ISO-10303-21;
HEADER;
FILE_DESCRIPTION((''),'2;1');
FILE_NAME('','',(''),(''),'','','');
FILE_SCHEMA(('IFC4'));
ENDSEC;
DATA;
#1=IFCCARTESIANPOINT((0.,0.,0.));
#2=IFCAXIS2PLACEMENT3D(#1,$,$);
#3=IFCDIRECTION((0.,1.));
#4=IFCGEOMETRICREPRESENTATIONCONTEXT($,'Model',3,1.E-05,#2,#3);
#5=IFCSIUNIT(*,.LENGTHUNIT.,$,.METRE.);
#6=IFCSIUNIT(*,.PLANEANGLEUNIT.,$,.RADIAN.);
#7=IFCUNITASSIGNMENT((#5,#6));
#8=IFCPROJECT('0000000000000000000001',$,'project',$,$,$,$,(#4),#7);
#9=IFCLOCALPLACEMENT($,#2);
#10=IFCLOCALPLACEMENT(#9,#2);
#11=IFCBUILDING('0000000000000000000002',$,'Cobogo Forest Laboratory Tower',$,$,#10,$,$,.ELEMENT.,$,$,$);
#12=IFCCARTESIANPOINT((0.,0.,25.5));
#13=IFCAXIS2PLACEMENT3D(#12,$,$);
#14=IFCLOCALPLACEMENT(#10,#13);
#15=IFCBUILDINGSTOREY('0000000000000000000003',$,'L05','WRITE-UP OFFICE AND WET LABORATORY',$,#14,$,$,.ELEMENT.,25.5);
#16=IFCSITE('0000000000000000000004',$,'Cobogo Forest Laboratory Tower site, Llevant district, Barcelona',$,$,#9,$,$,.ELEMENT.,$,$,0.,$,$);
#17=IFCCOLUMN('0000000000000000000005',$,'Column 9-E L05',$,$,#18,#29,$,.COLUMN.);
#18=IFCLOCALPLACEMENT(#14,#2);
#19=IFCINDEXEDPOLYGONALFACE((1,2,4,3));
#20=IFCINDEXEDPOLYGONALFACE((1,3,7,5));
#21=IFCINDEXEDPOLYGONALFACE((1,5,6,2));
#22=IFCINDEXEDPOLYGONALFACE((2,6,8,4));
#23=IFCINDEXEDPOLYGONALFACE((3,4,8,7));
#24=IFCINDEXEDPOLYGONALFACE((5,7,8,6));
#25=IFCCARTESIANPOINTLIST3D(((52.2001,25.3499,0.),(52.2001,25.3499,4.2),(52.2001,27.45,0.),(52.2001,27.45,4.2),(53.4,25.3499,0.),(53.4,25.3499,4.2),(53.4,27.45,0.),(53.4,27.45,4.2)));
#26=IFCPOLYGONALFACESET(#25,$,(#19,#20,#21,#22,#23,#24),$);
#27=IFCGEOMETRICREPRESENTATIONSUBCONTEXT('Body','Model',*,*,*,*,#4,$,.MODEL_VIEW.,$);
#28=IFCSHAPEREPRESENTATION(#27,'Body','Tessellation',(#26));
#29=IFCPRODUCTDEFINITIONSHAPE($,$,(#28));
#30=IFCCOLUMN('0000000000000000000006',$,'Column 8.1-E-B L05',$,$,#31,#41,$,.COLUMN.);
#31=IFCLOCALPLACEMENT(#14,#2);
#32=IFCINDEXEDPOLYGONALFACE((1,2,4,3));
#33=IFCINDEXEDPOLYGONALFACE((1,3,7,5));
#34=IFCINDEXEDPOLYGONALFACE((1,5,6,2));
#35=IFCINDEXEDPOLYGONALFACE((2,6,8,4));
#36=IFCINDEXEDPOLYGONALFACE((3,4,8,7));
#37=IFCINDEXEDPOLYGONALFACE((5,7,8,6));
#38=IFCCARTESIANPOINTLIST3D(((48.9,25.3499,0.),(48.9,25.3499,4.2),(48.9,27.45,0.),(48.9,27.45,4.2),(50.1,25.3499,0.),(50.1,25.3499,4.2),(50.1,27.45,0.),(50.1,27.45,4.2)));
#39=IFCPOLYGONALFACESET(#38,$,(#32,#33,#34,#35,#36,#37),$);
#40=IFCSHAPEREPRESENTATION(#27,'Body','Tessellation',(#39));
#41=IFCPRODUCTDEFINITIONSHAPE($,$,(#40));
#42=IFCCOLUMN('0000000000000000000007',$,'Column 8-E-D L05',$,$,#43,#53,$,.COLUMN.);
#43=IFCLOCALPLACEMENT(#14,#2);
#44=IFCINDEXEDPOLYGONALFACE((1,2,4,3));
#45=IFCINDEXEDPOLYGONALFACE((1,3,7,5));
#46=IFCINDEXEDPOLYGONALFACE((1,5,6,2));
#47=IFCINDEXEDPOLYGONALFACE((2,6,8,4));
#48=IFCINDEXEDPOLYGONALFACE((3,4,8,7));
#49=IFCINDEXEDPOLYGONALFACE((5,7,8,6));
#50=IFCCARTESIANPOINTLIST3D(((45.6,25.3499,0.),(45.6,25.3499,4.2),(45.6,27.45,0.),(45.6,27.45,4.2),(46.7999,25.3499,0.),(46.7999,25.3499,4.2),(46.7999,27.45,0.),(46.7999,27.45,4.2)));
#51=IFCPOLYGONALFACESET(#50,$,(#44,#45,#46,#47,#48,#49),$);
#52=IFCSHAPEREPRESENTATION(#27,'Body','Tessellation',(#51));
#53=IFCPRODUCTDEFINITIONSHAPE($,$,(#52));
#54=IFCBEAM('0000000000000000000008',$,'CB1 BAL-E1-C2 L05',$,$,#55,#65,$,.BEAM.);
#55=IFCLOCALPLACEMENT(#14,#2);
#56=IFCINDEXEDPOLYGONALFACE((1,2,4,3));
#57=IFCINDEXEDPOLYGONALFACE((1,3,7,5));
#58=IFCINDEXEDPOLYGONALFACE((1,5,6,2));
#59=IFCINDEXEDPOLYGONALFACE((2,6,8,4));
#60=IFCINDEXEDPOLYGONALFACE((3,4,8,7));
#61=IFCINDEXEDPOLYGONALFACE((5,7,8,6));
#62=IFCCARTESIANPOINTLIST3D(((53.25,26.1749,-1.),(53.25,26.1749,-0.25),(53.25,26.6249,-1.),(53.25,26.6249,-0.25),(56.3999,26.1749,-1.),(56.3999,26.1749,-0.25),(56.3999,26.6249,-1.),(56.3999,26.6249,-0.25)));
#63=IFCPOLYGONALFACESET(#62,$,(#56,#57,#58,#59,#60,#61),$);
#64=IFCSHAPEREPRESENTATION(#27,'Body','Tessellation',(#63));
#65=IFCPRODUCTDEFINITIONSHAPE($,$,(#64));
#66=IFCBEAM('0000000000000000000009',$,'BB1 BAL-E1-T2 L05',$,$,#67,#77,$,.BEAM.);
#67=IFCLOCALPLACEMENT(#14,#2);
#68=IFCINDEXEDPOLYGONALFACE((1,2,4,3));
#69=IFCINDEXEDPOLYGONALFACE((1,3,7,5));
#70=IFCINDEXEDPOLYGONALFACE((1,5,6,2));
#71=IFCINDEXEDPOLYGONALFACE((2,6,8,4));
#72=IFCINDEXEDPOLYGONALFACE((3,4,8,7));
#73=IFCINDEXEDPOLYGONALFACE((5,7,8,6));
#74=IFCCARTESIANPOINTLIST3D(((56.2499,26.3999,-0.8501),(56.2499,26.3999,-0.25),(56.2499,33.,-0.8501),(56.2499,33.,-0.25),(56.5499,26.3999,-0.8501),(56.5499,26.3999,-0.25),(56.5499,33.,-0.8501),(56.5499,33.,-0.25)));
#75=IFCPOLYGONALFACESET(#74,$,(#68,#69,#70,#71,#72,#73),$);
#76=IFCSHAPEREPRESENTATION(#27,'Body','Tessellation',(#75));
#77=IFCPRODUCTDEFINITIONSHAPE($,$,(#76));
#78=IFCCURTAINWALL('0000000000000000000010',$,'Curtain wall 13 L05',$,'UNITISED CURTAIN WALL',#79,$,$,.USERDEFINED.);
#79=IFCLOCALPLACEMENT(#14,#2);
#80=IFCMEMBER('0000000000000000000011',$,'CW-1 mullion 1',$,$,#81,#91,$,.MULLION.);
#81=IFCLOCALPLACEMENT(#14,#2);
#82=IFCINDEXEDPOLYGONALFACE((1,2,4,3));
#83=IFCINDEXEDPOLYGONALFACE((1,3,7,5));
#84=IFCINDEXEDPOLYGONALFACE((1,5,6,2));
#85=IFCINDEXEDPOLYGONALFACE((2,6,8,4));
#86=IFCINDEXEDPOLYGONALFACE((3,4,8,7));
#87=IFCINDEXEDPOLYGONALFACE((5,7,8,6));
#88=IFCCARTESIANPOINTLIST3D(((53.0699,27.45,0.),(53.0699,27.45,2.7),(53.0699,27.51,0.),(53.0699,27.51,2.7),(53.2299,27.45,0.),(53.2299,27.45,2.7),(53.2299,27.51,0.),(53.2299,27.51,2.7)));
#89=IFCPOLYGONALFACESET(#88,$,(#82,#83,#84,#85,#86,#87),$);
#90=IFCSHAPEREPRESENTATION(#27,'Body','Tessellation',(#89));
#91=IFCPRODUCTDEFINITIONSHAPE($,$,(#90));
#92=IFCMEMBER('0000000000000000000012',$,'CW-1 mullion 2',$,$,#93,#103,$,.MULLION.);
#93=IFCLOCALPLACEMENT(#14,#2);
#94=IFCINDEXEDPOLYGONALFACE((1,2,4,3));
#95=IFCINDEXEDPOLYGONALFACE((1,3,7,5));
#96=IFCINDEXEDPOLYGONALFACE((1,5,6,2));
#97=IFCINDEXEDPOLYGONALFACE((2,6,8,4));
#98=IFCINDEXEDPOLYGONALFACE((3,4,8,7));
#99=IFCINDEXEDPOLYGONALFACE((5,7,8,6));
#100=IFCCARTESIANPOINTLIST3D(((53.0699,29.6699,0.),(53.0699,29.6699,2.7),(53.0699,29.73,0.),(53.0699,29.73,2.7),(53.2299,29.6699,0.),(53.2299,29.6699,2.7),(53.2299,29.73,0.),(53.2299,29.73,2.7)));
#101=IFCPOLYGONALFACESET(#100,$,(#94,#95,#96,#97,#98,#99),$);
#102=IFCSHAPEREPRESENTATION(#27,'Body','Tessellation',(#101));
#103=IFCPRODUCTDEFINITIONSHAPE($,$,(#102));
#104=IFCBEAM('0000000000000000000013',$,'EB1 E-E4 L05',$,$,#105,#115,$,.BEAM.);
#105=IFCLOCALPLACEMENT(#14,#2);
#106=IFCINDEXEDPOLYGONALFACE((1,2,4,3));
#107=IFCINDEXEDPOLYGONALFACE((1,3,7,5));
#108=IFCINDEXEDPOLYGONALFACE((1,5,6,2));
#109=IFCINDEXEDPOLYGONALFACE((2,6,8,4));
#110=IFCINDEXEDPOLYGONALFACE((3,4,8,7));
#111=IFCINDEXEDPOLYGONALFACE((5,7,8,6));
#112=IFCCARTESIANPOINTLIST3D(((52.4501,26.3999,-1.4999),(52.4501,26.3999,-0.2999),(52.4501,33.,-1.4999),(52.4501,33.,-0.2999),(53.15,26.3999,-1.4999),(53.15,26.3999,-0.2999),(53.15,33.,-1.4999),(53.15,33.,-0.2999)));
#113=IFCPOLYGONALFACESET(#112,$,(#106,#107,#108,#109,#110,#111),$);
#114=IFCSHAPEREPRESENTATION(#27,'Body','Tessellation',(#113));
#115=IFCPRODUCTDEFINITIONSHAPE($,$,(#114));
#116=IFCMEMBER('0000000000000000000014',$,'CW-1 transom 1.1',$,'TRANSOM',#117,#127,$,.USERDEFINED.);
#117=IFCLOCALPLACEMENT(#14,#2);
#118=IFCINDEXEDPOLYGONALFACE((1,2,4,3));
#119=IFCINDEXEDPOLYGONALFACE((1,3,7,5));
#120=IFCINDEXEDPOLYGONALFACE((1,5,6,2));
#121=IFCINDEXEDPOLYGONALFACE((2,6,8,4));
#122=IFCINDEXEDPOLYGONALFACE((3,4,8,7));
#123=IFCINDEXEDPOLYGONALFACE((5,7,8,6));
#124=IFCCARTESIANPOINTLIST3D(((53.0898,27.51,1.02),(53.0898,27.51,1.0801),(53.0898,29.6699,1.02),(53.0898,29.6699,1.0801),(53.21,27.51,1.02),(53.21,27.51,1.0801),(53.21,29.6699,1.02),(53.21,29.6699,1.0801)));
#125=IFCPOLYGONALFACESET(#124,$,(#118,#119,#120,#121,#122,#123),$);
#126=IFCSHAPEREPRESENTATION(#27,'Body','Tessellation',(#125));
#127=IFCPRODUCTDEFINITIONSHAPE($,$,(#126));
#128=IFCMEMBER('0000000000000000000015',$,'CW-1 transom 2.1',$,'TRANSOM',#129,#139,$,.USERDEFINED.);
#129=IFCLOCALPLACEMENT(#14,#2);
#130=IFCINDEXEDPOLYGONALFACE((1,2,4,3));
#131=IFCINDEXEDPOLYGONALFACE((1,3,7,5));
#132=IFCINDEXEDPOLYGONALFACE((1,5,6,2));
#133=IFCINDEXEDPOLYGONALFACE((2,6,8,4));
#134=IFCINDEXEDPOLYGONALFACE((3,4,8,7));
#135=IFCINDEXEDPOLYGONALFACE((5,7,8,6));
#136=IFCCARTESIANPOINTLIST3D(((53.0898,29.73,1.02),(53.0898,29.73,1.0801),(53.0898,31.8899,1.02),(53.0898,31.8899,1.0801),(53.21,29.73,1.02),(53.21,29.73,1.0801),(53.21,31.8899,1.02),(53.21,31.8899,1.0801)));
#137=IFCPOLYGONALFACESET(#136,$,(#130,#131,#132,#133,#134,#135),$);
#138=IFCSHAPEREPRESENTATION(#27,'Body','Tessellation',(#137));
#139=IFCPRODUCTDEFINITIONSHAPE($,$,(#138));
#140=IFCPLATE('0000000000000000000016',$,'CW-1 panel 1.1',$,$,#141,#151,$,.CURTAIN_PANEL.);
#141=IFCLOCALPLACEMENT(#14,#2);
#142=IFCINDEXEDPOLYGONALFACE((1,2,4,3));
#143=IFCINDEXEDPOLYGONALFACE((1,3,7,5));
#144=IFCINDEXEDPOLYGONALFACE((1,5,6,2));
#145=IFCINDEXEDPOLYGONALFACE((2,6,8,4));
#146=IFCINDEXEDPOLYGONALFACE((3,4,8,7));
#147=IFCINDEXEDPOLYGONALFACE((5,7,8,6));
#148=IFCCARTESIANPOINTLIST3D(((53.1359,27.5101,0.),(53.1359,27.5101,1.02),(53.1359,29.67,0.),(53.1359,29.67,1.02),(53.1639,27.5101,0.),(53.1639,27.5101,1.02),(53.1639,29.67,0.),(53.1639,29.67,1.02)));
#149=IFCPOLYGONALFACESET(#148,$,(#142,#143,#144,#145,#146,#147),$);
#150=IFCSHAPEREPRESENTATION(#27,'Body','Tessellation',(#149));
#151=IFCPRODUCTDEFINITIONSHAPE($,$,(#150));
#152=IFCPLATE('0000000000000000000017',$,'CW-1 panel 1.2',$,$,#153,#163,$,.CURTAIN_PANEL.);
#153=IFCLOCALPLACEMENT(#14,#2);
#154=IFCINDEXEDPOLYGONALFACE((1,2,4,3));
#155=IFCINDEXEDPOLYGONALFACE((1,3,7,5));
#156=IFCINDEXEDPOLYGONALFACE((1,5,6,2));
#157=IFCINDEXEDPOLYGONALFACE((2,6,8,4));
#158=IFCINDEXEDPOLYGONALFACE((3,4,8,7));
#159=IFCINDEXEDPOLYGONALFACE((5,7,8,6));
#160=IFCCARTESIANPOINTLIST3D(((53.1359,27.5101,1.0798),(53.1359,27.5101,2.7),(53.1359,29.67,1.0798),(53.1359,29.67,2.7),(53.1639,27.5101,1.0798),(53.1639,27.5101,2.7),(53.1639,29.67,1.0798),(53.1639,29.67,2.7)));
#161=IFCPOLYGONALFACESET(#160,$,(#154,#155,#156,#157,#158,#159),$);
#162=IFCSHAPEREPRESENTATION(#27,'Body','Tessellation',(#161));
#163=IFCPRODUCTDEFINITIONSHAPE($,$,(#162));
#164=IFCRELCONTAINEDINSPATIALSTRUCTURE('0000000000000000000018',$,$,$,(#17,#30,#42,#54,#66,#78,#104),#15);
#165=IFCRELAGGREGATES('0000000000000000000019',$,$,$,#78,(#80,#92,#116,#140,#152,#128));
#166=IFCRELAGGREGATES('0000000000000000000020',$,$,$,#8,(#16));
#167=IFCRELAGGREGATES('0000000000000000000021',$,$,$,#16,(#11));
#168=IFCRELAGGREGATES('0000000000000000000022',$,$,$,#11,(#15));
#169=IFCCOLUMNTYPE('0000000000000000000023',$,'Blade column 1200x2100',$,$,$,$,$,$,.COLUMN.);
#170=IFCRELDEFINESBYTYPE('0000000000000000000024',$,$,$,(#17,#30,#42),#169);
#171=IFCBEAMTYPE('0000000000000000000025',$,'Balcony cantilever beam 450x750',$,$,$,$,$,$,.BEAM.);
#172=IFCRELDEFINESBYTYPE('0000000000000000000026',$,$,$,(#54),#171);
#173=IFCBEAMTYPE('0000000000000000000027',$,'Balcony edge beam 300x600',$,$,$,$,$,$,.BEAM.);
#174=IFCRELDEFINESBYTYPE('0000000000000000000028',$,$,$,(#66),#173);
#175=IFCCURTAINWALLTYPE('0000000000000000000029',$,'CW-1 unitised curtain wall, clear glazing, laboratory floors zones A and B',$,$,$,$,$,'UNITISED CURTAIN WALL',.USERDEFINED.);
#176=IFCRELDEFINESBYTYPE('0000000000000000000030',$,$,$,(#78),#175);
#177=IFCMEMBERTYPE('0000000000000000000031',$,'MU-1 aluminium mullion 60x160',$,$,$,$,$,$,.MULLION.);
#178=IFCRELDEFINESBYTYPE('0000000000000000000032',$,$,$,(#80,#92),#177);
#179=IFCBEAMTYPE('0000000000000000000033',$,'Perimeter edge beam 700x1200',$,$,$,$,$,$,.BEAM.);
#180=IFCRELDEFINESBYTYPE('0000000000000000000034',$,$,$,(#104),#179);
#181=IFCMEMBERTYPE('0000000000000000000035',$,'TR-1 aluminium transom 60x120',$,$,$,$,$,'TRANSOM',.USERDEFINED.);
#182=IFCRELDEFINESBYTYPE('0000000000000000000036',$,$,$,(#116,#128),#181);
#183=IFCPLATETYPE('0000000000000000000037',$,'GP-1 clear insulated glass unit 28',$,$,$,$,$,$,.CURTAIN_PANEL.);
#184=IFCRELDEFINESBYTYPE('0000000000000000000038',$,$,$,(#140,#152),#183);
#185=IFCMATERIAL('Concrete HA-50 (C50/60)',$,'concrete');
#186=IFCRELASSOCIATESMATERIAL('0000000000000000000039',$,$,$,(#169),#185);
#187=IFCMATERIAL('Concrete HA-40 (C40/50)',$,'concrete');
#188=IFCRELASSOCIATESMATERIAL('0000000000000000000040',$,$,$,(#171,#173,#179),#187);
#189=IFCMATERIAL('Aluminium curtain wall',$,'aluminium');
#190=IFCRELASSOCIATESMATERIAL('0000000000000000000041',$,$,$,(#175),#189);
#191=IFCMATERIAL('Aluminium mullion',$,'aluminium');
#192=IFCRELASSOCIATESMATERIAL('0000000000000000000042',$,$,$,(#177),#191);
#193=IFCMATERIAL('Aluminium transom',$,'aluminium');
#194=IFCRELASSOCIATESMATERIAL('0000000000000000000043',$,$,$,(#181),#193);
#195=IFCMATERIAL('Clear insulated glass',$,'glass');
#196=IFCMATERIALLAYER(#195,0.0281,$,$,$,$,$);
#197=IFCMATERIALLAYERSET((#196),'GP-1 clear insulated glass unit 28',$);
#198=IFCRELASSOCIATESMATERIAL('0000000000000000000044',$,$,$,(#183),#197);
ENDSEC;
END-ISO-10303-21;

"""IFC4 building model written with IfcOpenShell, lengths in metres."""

from ifc_helpers import new_model, si_unit, direction, frame, origin, origin_2d, place, context, subcontext, project, spatial, rectangle, extrude, material, layer, layer_set, material_profile, profile_set, type_object, element, aggregate, save


model = new_model("IFC4")

# Units and contexts
model_context = context("Model", 3, precision=1e-05, world=origin(), true_north=direction((0.0, 1.0)))
body_context = subcontext(model_context, "Body", "Model", "MODEL_VIEW")
ifc_project = project(units=[si_unit("LENGTHUNIT", "METRE"), si_unit("PLANEANGLEUNIT", "RADIAN")], contexts=[model_context])

# Site, building, storey
site_placement = place(None, origin())
site = spatial("IfcSite", under=ifc_project, at=site_placement, Name="Cobogo Forest Laboratory Tower site, Llevant district, Barcelona", CompositionType="ELEMENT", RefElevation=0.0)
building_placement = place(site_placement, origin())
building = spatial("IfcBuilding", under=site, at=building_placement, Name="Cobogo Forest Laboratory Tower", CompositionType="ELEMENT")
storey_placement = place(building_placement, frame((0.0, 0.0, 25.5)))
storey = spatial("IfcBuildingStorey", under=building, at=storey_placement, Name="L05", Description="WRITE-UP OFFICE AND WET LABORATORY", CompositionType="ELEMENT", Elevation=25.5)

# Columns
ifc_material_1 = material(Name="Concrete HA-50 (C50/60)", Category="concrete")
ifc_material_profile_1 = material_profile(ifc_material_1, rectangle(XDim=2.1001, YDim=1.2, at=origin_2d()), Name="RC 1200x2100")
ifc_profile_set_1 = profile_set([ifc_material_profile_1], Name="Concrete HA-50 (C50/60)")
column_type = type_object("IfcColumnType", Name="Blade column 1200x2100", PredefinedType="COLUMN", material=ifc_profile_set_1)
for number, where, z_axis, x_axis, name in (
    (1, (52.8, 26.3999, 0.0), (0.0, 0.0, 1.0), (0.0, 1.0, 0.0), "Column 9-E L05"),
    (2, (49.5, 26.3999, 0.0), (0.0, 0.0, 1.0), (0.0, 1.0, 0.0), "Column 8.1-E-B L05"),
    (3, (46.2, 26.3999, 0.0), (0.0, 0.0, 1.0), (0.0, 1.0, 0.0), "Column 8-E-D L05"),
):
    element("IfcColumn", number, at=place(storey_placement, frame(where, z_axis=z_axis, x_axis=x_axis)), inside=storey, type_object=column_type, Name=name, PredefinedType="COLUMN", context=body_context, shape_type="SweptSolid", body=[
        extrude(rectangle(XDim=2.1001, YDim=1.2, at=origin_2d()), origin(), (0.0, 0.0, 1.0), 4.2),
    ])

# Beams
ifc_material_2 = material(Name="Concrete HA-40 (C40/50)", Category="concrete")
ifc_material_profile_2 = material_profile(ifc_material_2, rectangle(XDim=0.45, YDim=0.75, at=origin_2d()), Name="RC 450x750")
ifc_profile_set_2 = profile_set([ifc_material_profile_2], Name="Concrete HA-40 (C40/50)")
beam_type_1 = type_object("IfcBeamType", Name="Balcony cantilever beam 450x750", PredefinedType="BEAM", material=ifc_profile_set_2)
beam_1_placement = place(storey_placement, frame((53.25, 26.3999, -0.625), z_axis=(1.0, 0.0, 0.0), x_axis=(0.0, 1.0, 0.0)))
element("IfcBeam", 4, at=beam_1_placement, inside=storey, type_object=beam_type_1, Name="CB1 BAL-E1-C2 L05", PredefinedType="BEAM", context=body_context, shape_type="SweptSolid", body=[
    extrude(rectangle(XDim=0.45, YDim=0.75, at=origin_2d()), origin(), (0.0, 0.0, 1.0), 3.1499),
])
ifc_material_profile_3 = material_profile(ifc_material_2, rectangle(XDim=0.3, YDim=0.6001, at=origin_2d()), Name="RC 300x600")
ifc_profile_set_3 = profile_set([ifc_material_profile_3], Name="Concrete HA-40 (C40/50)")
beam_type_2 = type_object("IfcBeamType", Name="Balcony edge beam 300x600", PredefinedType="BEAM", material=ifc_profile_set_3)
beam_2_placement = place(storey_placement, frame((56.3999, 26.3999, -0.55), z_axis=(0.0, 1.0, 0.0), x_axis=(-1.0, 0.0, 0.0)))
element("IfcBeam", 5, at=beam_2_placement, inside=storey, type_object=beam_type_2, Name="BB1 BAL-E1-T2 L05", PredefinedType="BEAM", context=body_context, shape_type="SweptSolid", body=[
    extrude(rectangle(XDim=0.3, YDim=0.6001, at=origin_2d()), origin(), (0.0, 0.0, 1.0), 6.6001),
])

# Curtain wall, members
ifc_material_3 = material(Name="Aluminium curtain wall", Category="aluminium")
curtain_wall_type = type_object("IfcCurtainWallType", Name="CW-1 unitised curtain wall, clear glazing, laboratory floors zones A and B", ElementType="UNITISED CURTAIN WALL", PredefinedType="USERDEFINED", material=ifc_material_3)
curtain_wall_placement = place(storey_placement, origin())
curtain_wall = element("IfcCurtainWall", 6, at=curtain_wall_placement, inside=storey, type_object=curtain_wall_type, Name="Curtain wall 13 L05", ObjectType="UNITISED CURTAIN WALL", PredefinedType="USERDEFINED")
ifc_material_4 = material(Name="Aluminium mullion", Category="aluminium")
ifc_material_profile_4 = material_profile(ifc_material_4, rectangle(XDim=0.0601, YDim=0.1599, at=origin_2d()), Name="AL 60x160")
ifc_profile_set_4 = profile_set([ifc_material_profile_4], Name="Aluminium mullion")
member_type_1 = type_object("IfcMemberType", Name="MU-1 aluminium mullion 60x160", PredefinedType="MULLION", material=ifc_profile_set_4)
member_1_placement = place(storey_placement, frame((53.1499, 27.48, 0.0), z_axis=(0.0, 0.0, 1.0), x_axis=(0.0, 1.0, 0.0)))
member_1 = element("IfcMember", 7, at=member_1_placement, type_object=member_type_1, Name="CW-1 mullion 1", PredefinedType="MULLION", context=body_context, shape_type="SweptSolid", body=[
    extrude(rectangle(XDim=0.0601, YDim=0.1599, at=origin_2d()), origin(), (0.0, 0.0, 1.0), 2.7),
])
member_2_placement = place(storey_placement, frame((53.1499, 29.7, 0.0), z_axis=(0.0, 0.0, 1.0), x_axis=(0.0, 1.0, 0.0)))
member_2 = element("IfcMember", 8, at=member_2_placement, type_object=member_type_1, Name="CW-1 mullion 2", PredefinedType="MULLION", context=body_context, shape_type="SweptSolid", body=[
    extrude(rectangle(XDim=0.0601, YDim=0.1599, at=origin_2d()), origin(), (0.0, 0.0, 1.0), 2.7),
])

# Beam
ifc_material_profile_5 = material_profile(ifc_material_2, rectangle(XDim=0.7, YDim=1.2, at=origin_2d()), Name="RC 700x1200")
ifc_profile_set_5 = profile_set([ifc_material_profile_5], Name="Concrete HA-40 (C40/50)")
beam_type_3 = type_object("IfcBeamType", Name="Perimeter edge beam 700x1200", PredefinedType="BEAM", material=ifc_profile_set_5)
beam_3_placement = place(storey_placement, frame((52.8, 26.3999, -0.8999), z_axis=(0.0, 1.0, 0.0), x_axis=(-1.0, 0.0, 0.0)))
element("IfcBeam", 9, at=beam_3_placement, inside=storey, type_object=beam_type_3, Name="EB1 E-E4 L05", PredefinedType="BEAM", context=body_context, shape_type="SweptSolid", body=[
    extrude(rectangle(XDim=0.7, YDim=1.2, at=origin_2d()), origin(), (0.0, 0.0, 1.0), 6.6001),
])

# Members
ifc_material_5 = material(Name="Aluminium transom", Category="aluminium")
ifc_material_profile_6 = material_profile(ifc_material_5, rectangle(XDim=0.1201, YDim=0.0601, at=origin_2d()), Name="AL 60x120")
ifc_profile_set_6 = profile_set([ifc_material_profile_6], Name="Aluminium transom")
member_type_2 = type_object("IfcMemberType", Name="TR-1 aluminium transom 60x120", ElementType="TRANSOM", PredefinedType="USERDEFINED", material=ifc_profile_set_6)
member_3_placement = place(storey_placement, frame((53.1499, 27.51, 1.05), z_axis=(0.0, 1.0, 0.0), x_axis=(-1.0, 0.0, 0.0)))
member_3 = element("IfcMember", 10, at=member_3_placement, type_object=member_type_2, Name="CW-1 transom 1.1", ObjectType="TRANSOM", PredefinedType="USERDEFINED", context=body_context, shape_type="SweptSolid", body=[
    extrude(rectangle(XDim=0.1201, YDim=0.0601, at=origin_2d()), origin(), (0.0, 0.0, 1.0), 2.1599),
])
member_4_placement = place(storey_placement, frame((53.1499, 29.73, 1.05), z_axis=(0.0, 1.0, 0.0), x_axis=(-1.0, 0.0, 0.0)))
member_4 = element("IfcMember", 11, at=member_4_placement, type_object=member_type_2, Name="CW-1 transom 2.1", ObjectType="TRANSOM", PredefinedType="USERDEFINED", context=body_context, shape_type="SweptSolid", body=[
    extrude(rectangle(XDim=0.1201, YDim=0.0601, at=origin_2d()), origin(), (0.0, 0.0, 1.0), 2.1599),
])

# Plates
ifc_material_6 = material(Name="Clear insulated glass", Category="glass")
ifc_layer_1 = layer(ifc_material_6, 0.0281)
ifc_layer_set_1 = layer_set([ifc_layer_1], Name="GP-1 clear insulated glass unit 28")
plate_type = type_object("IfcPlateType", Name="GP-1 clear insulated glass unit 28", PredefinedType="CURTAIN_PANEL", material=ifc_layer_set_1)
plate_1_placement = place(storey_placement, frame((53.1499, 28.5901, 0.0), z_axis=(0.0, 0.0, 1.0), x_axis=(0.0, 1.0, 0.0)))
plate_1 = element("IfcPlate", 12, at=plate_1_placement, type_object=plate_type, Name="CW-1 panel 1.1", PredefinedType="CURTAIN_PANEL", context=body_context, shape_type="SweptSolid", body=[
    extrude(rectangle(XDim=2.1599, YDim=0.0281, at=origin_2d()), origin(), (0.0, 0.0, 1.0), 1.02),
])
plate_2_placement = place(storey_placement, frame((53.1499, 28.5901, 1.0798), z_axis=(0.0, 0.0, 1.0), x_axis=(0.0, 1.0, 0.0)))
plate_2 = element("IfcPlate", 13, at=plate_2_placement, type_object=plate_type, Name="CW-1 panel 1.2", PredefinedType="CURTAIN_PANEL", context=body_context, shape_type="SweptSolid", body=[
    extrude(rectangle(XDim=2.1599, YDim=0.0281, at=origin_2d()), origin(), (0.0, 0.0, 1.0), 1.6201),
])
aggregate(curtain_wall, [member_1, member_2, member_3, plate_1, plate_2, member_4])

save(model, "model.ifc")
